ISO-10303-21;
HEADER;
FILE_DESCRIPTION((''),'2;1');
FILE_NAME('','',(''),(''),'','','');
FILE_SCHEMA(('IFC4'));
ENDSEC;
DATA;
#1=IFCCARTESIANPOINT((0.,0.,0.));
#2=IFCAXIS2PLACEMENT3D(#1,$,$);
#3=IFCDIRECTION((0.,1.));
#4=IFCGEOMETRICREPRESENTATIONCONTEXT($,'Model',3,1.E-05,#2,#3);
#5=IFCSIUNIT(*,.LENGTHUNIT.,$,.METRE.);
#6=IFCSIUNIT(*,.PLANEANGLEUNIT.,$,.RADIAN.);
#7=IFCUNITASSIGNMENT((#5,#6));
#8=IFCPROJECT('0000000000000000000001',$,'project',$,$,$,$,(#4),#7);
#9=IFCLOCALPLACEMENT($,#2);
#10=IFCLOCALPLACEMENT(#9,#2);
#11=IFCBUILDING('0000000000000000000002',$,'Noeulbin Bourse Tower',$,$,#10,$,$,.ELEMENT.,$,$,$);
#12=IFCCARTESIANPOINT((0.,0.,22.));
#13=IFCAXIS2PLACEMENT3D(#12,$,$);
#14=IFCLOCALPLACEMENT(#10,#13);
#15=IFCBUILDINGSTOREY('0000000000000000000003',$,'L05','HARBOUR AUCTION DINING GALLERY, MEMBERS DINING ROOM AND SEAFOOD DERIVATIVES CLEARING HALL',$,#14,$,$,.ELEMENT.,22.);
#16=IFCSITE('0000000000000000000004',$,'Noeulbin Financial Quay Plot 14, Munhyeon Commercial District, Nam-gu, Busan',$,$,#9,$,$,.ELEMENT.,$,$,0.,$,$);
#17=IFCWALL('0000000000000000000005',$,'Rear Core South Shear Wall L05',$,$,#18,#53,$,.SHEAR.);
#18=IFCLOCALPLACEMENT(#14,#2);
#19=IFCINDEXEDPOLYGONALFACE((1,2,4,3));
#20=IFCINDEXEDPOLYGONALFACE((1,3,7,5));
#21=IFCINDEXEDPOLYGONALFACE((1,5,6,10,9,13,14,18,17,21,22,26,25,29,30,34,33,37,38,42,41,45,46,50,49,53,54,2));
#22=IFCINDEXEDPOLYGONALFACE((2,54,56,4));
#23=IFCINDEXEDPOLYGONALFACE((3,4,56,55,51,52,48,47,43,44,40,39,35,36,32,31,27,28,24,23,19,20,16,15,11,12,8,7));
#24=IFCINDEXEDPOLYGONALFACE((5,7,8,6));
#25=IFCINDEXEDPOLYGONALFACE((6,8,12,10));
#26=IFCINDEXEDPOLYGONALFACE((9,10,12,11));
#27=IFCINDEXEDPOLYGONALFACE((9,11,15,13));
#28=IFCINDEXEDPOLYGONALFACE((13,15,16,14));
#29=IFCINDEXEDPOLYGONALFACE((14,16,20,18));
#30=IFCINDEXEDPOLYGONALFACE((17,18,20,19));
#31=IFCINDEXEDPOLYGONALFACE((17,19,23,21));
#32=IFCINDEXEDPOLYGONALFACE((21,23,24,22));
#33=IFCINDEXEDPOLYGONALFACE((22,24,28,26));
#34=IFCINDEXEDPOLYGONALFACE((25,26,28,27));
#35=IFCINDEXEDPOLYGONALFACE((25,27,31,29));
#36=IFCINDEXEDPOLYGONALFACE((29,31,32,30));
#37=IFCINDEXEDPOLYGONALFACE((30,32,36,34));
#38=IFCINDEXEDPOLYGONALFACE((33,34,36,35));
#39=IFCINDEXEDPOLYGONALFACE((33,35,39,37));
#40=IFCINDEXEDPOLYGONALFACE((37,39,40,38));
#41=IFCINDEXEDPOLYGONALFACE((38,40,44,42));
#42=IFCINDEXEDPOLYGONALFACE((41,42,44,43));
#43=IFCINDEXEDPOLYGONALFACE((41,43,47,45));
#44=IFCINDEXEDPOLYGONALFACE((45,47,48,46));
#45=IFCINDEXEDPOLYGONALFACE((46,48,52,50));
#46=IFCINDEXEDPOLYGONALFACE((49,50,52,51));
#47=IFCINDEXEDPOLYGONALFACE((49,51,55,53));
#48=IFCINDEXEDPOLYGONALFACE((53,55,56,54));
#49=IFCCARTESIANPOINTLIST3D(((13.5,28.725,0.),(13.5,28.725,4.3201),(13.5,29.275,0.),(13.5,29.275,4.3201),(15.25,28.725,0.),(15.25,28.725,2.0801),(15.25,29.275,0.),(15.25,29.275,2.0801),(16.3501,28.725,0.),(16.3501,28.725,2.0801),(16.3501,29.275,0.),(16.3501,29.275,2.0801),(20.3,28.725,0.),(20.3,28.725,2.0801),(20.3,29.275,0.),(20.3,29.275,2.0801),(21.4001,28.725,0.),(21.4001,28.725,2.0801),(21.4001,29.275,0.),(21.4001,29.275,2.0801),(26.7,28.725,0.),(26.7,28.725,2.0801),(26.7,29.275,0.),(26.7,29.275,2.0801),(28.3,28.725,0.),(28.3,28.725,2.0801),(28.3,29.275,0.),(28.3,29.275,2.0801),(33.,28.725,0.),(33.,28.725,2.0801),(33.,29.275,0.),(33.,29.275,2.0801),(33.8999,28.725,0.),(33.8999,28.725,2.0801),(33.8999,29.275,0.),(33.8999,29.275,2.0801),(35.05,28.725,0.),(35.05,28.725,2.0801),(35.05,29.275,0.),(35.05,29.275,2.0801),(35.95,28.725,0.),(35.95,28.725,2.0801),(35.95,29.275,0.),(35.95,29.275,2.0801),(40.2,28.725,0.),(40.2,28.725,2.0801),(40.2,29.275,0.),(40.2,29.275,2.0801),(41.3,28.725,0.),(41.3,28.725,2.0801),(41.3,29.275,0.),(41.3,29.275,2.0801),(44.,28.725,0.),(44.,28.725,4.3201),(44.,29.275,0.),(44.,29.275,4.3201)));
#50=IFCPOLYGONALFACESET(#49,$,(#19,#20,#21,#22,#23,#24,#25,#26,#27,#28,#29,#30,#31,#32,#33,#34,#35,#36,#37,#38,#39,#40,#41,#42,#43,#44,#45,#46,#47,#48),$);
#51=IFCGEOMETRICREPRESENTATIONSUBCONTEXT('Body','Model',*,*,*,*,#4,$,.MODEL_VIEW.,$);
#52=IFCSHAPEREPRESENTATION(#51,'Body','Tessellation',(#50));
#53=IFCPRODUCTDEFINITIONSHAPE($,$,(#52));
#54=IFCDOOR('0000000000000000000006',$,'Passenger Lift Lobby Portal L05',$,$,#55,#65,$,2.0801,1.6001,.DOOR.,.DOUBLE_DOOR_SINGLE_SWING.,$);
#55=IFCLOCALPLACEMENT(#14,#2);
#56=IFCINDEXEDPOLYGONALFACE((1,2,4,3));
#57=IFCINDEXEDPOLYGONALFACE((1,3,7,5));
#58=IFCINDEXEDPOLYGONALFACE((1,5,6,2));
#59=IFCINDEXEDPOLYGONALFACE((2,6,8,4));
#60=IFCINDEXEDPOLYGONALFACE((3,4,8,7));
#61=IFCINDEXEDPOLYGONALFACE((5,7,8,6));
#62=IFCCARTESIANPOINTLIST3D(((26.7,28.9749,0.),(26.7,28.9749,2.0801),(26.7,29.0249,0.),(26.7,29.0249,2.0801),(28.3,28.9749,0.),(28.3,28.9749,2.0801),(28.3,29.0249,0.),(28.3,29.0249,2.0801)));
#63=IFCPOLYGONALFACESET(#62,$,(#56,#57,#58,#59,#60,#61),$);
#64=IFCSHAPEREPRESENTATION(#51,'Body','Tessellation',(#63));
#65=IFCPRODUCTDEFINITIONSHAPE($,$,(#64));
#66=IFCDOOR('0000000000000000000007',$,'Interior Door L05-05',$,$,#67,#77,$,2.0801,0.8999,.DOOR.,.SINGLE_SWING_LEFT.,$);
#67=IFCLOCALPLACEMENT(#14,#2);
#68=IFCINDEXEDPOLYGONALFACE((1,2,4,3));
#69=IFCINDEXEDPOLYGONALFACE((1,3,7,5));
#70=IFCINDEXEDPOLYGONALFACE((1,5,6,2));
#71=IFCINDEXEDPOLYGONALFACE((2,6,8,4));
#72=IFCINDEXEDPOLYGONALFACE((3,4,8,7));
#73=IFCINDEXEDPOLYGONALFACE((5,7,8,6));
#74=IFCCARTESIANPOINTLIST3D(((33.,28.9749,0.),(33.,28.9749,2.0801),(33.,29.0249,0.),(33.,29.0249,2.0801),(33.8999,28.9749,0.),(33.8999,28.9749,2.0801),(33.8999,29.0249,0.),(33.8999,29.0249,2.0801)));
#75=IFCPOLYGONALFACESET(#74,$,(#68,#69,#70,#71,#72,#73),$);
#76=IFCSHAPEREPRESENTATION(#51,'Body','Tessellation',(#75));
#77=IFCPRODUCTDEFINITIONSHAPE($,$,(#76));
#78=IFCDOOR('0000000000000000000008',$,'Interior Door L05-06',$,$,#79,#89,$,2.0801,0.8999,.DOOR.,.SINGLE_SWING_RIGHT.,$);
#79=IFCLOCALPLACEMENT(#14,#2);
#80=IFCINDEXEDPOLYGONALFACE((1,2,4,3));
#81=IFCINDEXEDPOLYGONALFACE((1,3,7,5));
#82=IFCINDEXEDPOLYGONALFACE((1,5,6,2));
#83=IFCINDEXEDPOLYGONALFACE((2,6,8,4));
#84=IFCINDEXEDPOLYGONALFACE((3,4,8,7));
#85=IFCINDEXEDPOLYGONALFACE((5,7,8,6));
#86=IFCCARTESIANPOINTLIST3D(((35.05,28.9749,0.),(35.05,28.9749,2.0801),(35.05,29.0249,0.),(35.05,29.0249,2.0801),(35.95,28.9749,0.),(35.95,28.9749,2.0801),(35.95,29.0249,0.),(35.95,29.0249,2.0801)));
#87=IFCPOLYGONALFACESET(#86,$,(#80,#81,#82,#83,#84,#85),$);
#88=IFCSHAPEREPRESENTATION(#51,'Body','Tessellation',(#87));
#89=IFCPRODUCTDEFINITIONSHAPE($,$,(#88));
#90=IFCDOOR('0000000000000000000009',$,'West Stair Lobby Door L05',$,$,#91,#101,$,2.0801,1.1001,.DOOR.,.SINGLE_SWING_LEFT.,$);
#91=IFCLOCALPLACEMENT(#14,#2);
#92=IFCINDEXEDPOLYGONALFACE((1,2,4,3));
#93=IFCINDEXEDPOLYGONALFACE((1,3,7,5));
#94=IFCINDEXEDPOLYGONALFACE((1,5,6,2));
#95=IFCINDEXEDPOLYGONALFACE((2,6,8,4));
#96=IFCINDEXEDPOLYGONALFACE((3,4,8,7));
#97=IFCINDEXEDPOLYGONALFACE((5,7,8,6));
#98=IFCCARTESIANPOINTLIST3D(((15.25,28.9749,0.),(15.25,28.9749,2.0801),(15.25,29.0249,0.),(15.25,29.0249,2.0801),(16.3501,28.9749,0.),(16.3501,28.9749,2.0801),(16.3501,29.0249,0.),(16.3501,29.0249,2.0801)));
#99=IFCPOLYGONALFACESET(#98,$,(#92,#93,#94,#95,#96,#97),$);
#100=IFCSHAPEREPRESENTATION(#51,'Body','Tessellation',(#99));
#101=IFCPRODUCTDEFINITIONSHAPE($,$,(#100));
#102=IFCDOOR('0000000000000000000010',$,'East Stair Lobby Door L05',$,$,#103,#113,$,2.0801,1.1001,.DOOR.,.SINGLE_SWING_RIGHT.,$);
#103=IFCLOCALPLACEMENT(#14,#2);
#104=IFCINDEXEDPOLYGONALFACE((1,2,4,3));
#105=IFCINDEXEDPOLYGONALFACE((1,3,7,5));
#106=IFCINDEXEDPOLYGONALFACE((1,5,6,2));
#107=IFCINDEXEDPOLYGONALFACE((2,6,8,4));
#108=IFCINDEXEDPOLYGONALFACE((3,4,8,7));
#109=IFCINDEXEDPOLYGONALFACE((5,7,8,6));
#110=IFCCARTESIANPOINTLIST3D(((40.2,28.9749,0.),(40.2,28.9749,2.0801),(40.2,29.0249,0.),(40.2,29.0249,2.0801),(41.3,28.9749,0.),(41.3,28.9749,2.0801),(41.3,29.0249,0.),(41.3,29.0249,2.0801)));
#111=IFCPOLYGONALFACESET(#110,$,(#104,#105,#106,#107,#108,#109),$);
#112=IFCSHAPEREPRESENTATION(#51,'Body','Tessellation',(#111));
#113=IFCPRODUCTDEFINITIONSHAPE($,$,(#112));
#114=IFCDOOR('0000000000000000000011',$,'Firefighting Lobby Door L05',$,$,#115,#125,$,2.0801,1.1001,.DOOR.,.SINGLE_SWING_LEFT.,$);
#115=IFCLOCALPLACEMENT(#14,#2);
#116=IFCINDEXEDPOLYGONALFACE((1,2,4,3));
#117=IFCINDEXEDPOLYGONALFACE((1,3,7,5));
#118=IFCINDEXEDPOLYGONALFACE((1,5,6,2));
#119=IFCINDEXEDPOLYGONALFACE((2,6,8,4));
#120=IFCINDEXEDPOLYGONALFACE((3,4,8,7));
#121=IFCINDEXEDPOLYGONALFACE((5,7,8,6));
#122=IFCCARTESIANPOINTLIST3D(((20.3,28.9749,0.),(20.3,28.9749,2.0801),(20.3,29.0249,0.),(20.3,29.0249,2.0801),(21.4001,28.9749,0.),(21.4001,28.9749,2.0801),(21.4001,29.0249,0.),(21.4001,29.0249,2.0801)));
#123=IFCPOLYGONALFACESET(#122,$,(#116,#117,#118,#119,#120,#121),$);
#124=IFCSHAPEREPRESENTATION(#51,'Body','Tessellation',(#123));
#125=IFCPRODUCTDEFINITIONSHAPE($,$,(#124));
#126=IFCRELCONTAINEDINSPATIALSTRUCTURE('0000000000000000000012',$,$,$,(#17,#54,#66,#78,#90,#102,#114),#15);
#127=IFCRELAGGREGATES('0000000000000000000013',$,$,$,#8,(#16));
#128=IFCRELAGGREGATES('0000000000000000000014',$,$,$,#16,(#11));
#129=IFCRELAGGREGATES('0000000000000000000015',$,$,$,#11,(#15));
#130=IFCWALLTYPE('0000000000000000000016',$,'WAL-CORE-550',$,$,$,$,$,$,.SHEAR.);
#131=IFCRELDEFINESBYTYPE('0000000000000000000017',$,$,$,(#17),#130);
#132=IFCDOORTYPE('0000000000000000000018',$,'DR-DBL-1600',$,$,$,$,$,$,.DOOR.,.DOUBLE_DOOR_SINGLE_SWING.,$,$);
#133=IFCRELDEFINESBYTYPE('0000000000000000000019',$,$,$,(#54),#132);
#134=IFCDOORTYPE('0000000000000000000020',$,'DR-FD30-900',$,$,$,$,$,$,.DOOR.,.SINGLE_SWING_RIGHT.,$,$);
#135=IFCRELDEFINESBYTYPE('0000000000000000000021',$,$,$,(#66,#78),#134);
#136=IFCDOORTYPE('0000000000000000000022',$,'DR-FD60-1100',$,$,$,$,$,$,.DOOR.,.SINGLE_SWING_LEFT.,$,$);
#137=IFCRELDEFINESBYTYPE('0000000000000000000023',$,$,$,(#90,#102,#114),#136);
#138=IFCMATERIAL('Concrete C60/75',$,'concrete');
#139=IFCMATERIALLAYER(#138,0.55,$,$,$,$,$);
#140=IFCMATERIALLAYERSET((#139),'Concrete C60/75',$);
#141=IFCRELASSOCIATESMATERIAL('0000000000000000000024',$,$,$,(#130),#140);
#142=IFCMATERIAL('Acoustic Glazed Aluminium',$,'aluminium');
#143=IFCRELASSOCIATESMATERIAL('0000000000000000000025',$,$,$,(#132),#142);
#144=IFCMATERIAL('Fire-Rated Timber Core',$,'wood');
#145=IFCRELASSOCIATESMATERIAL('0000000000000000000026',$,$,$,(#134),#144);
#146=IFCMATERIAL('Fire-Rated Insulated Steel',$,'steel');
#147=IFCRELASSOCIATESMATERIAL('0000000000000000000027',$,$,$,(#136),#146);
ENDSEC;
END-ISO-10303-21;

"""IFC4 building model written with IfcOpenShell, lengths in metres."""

from ifc_helpers import new_model, si_unit, direction, frame, frame_2d, origin, place, context, subcontext, project, spatial, rectangle, extrude, material, layer, layer_set, type_object, element, fill, save


model = new_model("IFC4")

# Units and contexts
model_context = context("Model", 3, precision=1e-05, world=origin(), true_north=direction((0.0, 1.0)))
body_context = subcontext(model_context, "Body", "Model", "MODEL_VIEW")
ifc_project = project(units=[si_unit("LENGTHUNIT", "METRE"), si_unit("PLANEANGLEUNIT", "RADIAN")], contexts=[model_context])

# Site, building, storey
site_placement = place(None, origin())
site = spatial("IfcSite", under=ifc_project, at=site_placement, Name="Noeulbin Financial Quay Plot 14, Munhyeon Commercial District, Nam-gu, Busan", CompositionType="ELEMENT", RefElevation=0.0)
building_placement = place(site_placement, origin())
building = spatial("IfcBuilding", under=site, at=building_placement, Name="Noeulbin Bourse Tower", CompositionType="ELEMENT")
storey_placement = place(building_placement, frame((0.0, 0.0, 22.0)))
storey = spatial("IfcBuildingStorey", under=building, at=storey_placement, Name="L05", Description="HARBOUR AUCTION DINING GALLERY, MEMBERS DINING ROOM AND SEAFOOD DERIVATIVES CLEARING HALL", CompositionType="ELEMENT", Elevation=22.0)

# Wall, openings, doors
ifc_material_1 = material(Name="Concrete C60/75", Category="concrete")
ifc_layer_1 = layer(ifc_material_1, 0.55)
ifc_layer_set_1 = layer_set([ifc_layer_1], Name="Concrete C60/75")
wall_type_1 = type_object("IfcWallType", Name="WAL-CORE-550", PredefinedType="SHEAR", material=ifc_layer_set_1)
wall_1_placement = place(storey_placement, frame((13.5, 29.0, 0.0), z_axis=(0.0, 0.0, 1.0), x_axis=(1.0, 0.0, 0.0)))
wall_1 = element("IfcWall", 1, at=wall_1_placement, inside=storey, type_object=wall_type_1, Name="Rear Core South Shear Wall L05", PredefinedType="SHEAR", context=body_context, shape_type="SweptSolid", body=[
    extrude(rectangle(XDim=30.5, YDim=0.55, at=frame_2d((15.25, 0.0))), origin(), (0.0, 0.0, 1.0), 4.3201),
])
opening_1_placement = place(wall_1_placement, frame((1.75, 0.0, 0.0)))
opening_1 = element("IfcOpeningElement", 2, at=opening_1_placement, cuts=wall_1, PredefinedType="OPENING", context=body_context, shape_type="SweptSolid", body=[
    extrude(rectangle(XDim=1.1001, YDim=2.0801, at=frame_2d((0.55, 1.04))), frame((0.0, 0.2849, 0.0), z_axis=(0.0, -1.0, 0.0), x_axis=(1.0, 0.0, 0.0)), (0.0, 0.0, 1.0), 0.5701),
])
opening_2_placement = place(wall_1_placement, frame((26.7, 0.0, 0.0)))
opening_2 = element("IfcOpeningElement", 3, at=opening_2_placement, cuts=wall_1, PredefinedType="OPENING", context=body_context, shape_type="SweptSolid", body=[
    extrude(rectangle(XDim=1.1001, YDim=2.0801, at=frame_2d((0.55, 1.04))), frame((0.0, 0.2849, 0.0), z_axis=(0.0, -1.0, 0.0), x_axis=(1.0, 0.0, 0.0)), (0.0, 0.0, 1.0), 0.5701),
])
opening_3_placement = place(wall_1_placement, frame((6.8, 0.0, 0.0)))
opening_3 = element("IfcOpeningElement", 4, at=opening_3_placement, cuts=wall_1, PredefinedType="OPENING", context=body_context, shape_type="SweptSolid", body=[
    extrude(rectangle(XDim=1.1001, YDim=2.0801, at=frame_2d((0.55, 1.04))), frame((0.0, 0.2849, 0.0), z_axis=(0.0, -1.0, 0.0), x_axis=(1.0, 0.0, 0.0)), (0.0, 0.0, 1.0), 0.5701),
])
opening_4_placement = place(wall_1_placement, frame((13.2, 0.0, 0.0)))
opening_4 = element("IfcOpeningElement", 5, at=opening_4_placement, cuts=wall_1, PredefinedType="OPENING", context=body_context, shape_type="SweptSolid", body=[
    extrude(rectangle(XDim=1.6001, YDim=2.0801, at=frame_2d((0.8, 1.04))), frame((0.0, 0.2849, 0.0), z_axis=(0.0, -1.0, 0.0), x_axis=(1.0, 0.0, 0.0)), (0.0, 0.0, 1.0), 0.5701),
])
opening_5_placement = place(wall_1_placement, frame((19.5, 0.0, 0.0)))
opening_5 = element("IfcOpeningElement", 6, at=opening_5_placement, cuts=wall_1, PredefinedType="OPENING", context=body_context, shape_type="SweptSolid", body=[
    extrude(rectangle(XDim=0.8999, YDim=2.0801, at=frame_2d((0.45, 1.04))), frame((0.0, 0.2849, 0.0), z_axis=(0.0, -1.0, 0.0), x_axis=(1.0, 0.0, 0.0)), (0.0, 0.0, 1.0), 0.5701),
])
opening_6_placement = place(wall_1_placement, frame((21.55, 0.0, 0.0)))
opening_6 = element("IfcOpeningElement", 7, at=opening_6_placement, cuts=wall_1, PredefinedType="OPENING", context=body_context, shape_type="SweptSolid", body=[
    extrude(rectangle(XDim=0.8999, YDim=2.0801, at=frame_2d((0.45, 1.04))), frame((0.0, 0.2849, 0.0), z_axis=(0.0, -1.0, 0.0), x_axis=(1.0, 0.0, 0.0)), (0.0, 0.0, 1.0), 0.5701),
])
ifc_material_2 = material(Name="Acoustic Glazed Aluminium", Category="aluminium")
door_type_1 = type_object("IfcDoorType", Name="DR-DBL-1600", OperationType="DOUBLE_DOOR_SINGLE_SWING", PredefinedType="DOOR", material=ifc_material_2)
door_1_placement = place(opening_4_placement, origin())
door_1 = element("IfcDoor", 8, at=door_1_placement, inside=storey, type_object=door_type_1, Name="Passenger Lift Lobby Portal L05", OperationType="DOUBLE_DOOR_SINGLE_SWING", OverallHeight=2.0801, OverallWidth=1.6001, PredefinedType="DOOR", context=body_context, shape_type="SweptSolid", body=[
    extrude(rectangle(XDim=1.6001, YDim=2.0801, at=frame_2d((0.8, 1.04))), frame((0.0, 0.0249, 0.0), z_axis=(0.0, -1.0, 0.0), x_axis=(1.0, 0.0, 0.0)), (0.0, 0.0, 1.0), 0.05),
])
fill(opening_4, door_1)
ifc_material_3 = material(Name="Fire-Rated Timber Core", Category="wood")
door_type_2 = type_object("IfcDoorType", Name="DR-FD30-900", OperationType="SINGLE_SWING_RIGHT", PredefinedType="DOOR", material=ifc_material_3)
door_2_placement = place(opening_5_placement, origin())
door_2 = element("IfcDoor", 9, at=door_2_placement, inside=storey, type_object=door_type_2, Name="Interior Door L05-05", OperationType="SINGLE_SWING_LEFT", OverallHeight=2.0801, OverallWidth=0.8999, PredefinedType="DOOR", context=body_context, shape_type="SweptSolid", body=[
    extrude(rectangle(XDim=0.8999, YDim=2.0801, at=frame_2d((0.45, 1.04))), frame((0.0, 0.0249, 0.0), z_axis=(0.0, -1.0, 0.0), x_axis=(1.0, 0.0, 0.0)), (0.0, 0.0, 1.0), 0.05),
])
fill(opening_5, door_2)
door_3_placement = place(opening_6_placement, origin())
door_3 = element("IfcDoor", 10, at=door_3_placement, inside=storey, type_object=door_type_2, Name="Interior Door L05-06", OperationType="SINGLE_SWING_RIGHT", OverallHeight=2.0801, OverallWidth=0.8999, PredefinedType="DOOR", context=body_context, shape_type="SweptSolid", body=[
    extrude(rectangle(XDim=0.8999, YDim=2.0801, at=frame_2d((0.45, 1.04))), frame((0.0, 0.0249, 0.0), z_axis=(0.0, -1.0, 0.0), x_axis=(1.0, 0.0, 0.0)), (0.0, 0.0, 1.0), 0.05),
])
fill(opening_6, door_3)
ifc_material_4 = material(Name="Fire-Rated Insulated Steel", Category="steel")
door_type_3 = type_object("IfcDoorType", Name="DR-FD60-1100", OperationType="SINGLE_SWING_LEFT", PredefinedType="DOOR", material=ifc_material_4)
door_4_placement = place(opening_1_placement, origin())
door_4 = element("IfcDoor", 11, at=door_4_placement, inside=storey, type_object=door_type_3, Name="West Stair Lobby Door L05", OperationType="SINGLE_SWING_LEFT", OverallHeight=2.0801, OverallWidth=1.1001, PredefinedType="DOOR", context=body_context, shape_type="SweptSolid", body=[
    extrude(rectangle(XDim=1.1001, YDim=2.0801, at=frame_2d((0.55, 1.04))), frame((0.0, 0.0249, 0.0), z_axis=(0.0, -1.0, 0.0), x_axis=(1.0, 0.0, 0.0)), (0.0, 0.0, 1.0), 0.05),
])
fill(opening_1, door_4)
door_5_placement = place(opening_2_placement, origin())
door_5 = element("IfcDoor", 12, at=door_5_placement, inside=storey, type_object=door_type_3, Name="East Stair Lobby Door L05", OperationType="SINGLE_SWING_RIGHT", OverallHeight=2.0801, OverallWidth=1.1001, PredefinedType="DOOR", context=body_context, shape_type="SweptSolid", body=[
    extrude(rectangle(XDim=1.1001, YDim=2.0801, at=frame_2d((0.55, 1.04))), frame((0.0, 0.0249, 0.0), z_axis=(0.0, -1.0, 0.0), x_axis=(1.0, 0.0, 0.0)), (0.0, 0.0, 1.0), 0.05),
])
fill(opening_2, door_5)
door_6_placement = place(opening_3_placement, origin())
door_6 = element("IfcDoor", 13, at=door_6_placement, inside=storey, type_object=door_type_3, Name="Firefighting Lobby Door L05", OperationType="SINGLE_SWING_LEFT", OverallHeight=2.0801, OverallWidth=1.1001, PredefinedType="DOOR", context=body_context, shape_type="SweptSolid", body=[
    extrude(rectangle(XDim=1.1001, YDim=2.0801, at=frame_2d((0.55, 1.04))), frame((0.0, 0.0249, 0.0), z_axis=(0.0, -1.0, 0.0), x_axis=(1.0, 0.0, 0.0)), (0.0, 0.0, 1.0), 0.05),
])
fill(opening_3, door_6)

save(model, "model.ifc")
